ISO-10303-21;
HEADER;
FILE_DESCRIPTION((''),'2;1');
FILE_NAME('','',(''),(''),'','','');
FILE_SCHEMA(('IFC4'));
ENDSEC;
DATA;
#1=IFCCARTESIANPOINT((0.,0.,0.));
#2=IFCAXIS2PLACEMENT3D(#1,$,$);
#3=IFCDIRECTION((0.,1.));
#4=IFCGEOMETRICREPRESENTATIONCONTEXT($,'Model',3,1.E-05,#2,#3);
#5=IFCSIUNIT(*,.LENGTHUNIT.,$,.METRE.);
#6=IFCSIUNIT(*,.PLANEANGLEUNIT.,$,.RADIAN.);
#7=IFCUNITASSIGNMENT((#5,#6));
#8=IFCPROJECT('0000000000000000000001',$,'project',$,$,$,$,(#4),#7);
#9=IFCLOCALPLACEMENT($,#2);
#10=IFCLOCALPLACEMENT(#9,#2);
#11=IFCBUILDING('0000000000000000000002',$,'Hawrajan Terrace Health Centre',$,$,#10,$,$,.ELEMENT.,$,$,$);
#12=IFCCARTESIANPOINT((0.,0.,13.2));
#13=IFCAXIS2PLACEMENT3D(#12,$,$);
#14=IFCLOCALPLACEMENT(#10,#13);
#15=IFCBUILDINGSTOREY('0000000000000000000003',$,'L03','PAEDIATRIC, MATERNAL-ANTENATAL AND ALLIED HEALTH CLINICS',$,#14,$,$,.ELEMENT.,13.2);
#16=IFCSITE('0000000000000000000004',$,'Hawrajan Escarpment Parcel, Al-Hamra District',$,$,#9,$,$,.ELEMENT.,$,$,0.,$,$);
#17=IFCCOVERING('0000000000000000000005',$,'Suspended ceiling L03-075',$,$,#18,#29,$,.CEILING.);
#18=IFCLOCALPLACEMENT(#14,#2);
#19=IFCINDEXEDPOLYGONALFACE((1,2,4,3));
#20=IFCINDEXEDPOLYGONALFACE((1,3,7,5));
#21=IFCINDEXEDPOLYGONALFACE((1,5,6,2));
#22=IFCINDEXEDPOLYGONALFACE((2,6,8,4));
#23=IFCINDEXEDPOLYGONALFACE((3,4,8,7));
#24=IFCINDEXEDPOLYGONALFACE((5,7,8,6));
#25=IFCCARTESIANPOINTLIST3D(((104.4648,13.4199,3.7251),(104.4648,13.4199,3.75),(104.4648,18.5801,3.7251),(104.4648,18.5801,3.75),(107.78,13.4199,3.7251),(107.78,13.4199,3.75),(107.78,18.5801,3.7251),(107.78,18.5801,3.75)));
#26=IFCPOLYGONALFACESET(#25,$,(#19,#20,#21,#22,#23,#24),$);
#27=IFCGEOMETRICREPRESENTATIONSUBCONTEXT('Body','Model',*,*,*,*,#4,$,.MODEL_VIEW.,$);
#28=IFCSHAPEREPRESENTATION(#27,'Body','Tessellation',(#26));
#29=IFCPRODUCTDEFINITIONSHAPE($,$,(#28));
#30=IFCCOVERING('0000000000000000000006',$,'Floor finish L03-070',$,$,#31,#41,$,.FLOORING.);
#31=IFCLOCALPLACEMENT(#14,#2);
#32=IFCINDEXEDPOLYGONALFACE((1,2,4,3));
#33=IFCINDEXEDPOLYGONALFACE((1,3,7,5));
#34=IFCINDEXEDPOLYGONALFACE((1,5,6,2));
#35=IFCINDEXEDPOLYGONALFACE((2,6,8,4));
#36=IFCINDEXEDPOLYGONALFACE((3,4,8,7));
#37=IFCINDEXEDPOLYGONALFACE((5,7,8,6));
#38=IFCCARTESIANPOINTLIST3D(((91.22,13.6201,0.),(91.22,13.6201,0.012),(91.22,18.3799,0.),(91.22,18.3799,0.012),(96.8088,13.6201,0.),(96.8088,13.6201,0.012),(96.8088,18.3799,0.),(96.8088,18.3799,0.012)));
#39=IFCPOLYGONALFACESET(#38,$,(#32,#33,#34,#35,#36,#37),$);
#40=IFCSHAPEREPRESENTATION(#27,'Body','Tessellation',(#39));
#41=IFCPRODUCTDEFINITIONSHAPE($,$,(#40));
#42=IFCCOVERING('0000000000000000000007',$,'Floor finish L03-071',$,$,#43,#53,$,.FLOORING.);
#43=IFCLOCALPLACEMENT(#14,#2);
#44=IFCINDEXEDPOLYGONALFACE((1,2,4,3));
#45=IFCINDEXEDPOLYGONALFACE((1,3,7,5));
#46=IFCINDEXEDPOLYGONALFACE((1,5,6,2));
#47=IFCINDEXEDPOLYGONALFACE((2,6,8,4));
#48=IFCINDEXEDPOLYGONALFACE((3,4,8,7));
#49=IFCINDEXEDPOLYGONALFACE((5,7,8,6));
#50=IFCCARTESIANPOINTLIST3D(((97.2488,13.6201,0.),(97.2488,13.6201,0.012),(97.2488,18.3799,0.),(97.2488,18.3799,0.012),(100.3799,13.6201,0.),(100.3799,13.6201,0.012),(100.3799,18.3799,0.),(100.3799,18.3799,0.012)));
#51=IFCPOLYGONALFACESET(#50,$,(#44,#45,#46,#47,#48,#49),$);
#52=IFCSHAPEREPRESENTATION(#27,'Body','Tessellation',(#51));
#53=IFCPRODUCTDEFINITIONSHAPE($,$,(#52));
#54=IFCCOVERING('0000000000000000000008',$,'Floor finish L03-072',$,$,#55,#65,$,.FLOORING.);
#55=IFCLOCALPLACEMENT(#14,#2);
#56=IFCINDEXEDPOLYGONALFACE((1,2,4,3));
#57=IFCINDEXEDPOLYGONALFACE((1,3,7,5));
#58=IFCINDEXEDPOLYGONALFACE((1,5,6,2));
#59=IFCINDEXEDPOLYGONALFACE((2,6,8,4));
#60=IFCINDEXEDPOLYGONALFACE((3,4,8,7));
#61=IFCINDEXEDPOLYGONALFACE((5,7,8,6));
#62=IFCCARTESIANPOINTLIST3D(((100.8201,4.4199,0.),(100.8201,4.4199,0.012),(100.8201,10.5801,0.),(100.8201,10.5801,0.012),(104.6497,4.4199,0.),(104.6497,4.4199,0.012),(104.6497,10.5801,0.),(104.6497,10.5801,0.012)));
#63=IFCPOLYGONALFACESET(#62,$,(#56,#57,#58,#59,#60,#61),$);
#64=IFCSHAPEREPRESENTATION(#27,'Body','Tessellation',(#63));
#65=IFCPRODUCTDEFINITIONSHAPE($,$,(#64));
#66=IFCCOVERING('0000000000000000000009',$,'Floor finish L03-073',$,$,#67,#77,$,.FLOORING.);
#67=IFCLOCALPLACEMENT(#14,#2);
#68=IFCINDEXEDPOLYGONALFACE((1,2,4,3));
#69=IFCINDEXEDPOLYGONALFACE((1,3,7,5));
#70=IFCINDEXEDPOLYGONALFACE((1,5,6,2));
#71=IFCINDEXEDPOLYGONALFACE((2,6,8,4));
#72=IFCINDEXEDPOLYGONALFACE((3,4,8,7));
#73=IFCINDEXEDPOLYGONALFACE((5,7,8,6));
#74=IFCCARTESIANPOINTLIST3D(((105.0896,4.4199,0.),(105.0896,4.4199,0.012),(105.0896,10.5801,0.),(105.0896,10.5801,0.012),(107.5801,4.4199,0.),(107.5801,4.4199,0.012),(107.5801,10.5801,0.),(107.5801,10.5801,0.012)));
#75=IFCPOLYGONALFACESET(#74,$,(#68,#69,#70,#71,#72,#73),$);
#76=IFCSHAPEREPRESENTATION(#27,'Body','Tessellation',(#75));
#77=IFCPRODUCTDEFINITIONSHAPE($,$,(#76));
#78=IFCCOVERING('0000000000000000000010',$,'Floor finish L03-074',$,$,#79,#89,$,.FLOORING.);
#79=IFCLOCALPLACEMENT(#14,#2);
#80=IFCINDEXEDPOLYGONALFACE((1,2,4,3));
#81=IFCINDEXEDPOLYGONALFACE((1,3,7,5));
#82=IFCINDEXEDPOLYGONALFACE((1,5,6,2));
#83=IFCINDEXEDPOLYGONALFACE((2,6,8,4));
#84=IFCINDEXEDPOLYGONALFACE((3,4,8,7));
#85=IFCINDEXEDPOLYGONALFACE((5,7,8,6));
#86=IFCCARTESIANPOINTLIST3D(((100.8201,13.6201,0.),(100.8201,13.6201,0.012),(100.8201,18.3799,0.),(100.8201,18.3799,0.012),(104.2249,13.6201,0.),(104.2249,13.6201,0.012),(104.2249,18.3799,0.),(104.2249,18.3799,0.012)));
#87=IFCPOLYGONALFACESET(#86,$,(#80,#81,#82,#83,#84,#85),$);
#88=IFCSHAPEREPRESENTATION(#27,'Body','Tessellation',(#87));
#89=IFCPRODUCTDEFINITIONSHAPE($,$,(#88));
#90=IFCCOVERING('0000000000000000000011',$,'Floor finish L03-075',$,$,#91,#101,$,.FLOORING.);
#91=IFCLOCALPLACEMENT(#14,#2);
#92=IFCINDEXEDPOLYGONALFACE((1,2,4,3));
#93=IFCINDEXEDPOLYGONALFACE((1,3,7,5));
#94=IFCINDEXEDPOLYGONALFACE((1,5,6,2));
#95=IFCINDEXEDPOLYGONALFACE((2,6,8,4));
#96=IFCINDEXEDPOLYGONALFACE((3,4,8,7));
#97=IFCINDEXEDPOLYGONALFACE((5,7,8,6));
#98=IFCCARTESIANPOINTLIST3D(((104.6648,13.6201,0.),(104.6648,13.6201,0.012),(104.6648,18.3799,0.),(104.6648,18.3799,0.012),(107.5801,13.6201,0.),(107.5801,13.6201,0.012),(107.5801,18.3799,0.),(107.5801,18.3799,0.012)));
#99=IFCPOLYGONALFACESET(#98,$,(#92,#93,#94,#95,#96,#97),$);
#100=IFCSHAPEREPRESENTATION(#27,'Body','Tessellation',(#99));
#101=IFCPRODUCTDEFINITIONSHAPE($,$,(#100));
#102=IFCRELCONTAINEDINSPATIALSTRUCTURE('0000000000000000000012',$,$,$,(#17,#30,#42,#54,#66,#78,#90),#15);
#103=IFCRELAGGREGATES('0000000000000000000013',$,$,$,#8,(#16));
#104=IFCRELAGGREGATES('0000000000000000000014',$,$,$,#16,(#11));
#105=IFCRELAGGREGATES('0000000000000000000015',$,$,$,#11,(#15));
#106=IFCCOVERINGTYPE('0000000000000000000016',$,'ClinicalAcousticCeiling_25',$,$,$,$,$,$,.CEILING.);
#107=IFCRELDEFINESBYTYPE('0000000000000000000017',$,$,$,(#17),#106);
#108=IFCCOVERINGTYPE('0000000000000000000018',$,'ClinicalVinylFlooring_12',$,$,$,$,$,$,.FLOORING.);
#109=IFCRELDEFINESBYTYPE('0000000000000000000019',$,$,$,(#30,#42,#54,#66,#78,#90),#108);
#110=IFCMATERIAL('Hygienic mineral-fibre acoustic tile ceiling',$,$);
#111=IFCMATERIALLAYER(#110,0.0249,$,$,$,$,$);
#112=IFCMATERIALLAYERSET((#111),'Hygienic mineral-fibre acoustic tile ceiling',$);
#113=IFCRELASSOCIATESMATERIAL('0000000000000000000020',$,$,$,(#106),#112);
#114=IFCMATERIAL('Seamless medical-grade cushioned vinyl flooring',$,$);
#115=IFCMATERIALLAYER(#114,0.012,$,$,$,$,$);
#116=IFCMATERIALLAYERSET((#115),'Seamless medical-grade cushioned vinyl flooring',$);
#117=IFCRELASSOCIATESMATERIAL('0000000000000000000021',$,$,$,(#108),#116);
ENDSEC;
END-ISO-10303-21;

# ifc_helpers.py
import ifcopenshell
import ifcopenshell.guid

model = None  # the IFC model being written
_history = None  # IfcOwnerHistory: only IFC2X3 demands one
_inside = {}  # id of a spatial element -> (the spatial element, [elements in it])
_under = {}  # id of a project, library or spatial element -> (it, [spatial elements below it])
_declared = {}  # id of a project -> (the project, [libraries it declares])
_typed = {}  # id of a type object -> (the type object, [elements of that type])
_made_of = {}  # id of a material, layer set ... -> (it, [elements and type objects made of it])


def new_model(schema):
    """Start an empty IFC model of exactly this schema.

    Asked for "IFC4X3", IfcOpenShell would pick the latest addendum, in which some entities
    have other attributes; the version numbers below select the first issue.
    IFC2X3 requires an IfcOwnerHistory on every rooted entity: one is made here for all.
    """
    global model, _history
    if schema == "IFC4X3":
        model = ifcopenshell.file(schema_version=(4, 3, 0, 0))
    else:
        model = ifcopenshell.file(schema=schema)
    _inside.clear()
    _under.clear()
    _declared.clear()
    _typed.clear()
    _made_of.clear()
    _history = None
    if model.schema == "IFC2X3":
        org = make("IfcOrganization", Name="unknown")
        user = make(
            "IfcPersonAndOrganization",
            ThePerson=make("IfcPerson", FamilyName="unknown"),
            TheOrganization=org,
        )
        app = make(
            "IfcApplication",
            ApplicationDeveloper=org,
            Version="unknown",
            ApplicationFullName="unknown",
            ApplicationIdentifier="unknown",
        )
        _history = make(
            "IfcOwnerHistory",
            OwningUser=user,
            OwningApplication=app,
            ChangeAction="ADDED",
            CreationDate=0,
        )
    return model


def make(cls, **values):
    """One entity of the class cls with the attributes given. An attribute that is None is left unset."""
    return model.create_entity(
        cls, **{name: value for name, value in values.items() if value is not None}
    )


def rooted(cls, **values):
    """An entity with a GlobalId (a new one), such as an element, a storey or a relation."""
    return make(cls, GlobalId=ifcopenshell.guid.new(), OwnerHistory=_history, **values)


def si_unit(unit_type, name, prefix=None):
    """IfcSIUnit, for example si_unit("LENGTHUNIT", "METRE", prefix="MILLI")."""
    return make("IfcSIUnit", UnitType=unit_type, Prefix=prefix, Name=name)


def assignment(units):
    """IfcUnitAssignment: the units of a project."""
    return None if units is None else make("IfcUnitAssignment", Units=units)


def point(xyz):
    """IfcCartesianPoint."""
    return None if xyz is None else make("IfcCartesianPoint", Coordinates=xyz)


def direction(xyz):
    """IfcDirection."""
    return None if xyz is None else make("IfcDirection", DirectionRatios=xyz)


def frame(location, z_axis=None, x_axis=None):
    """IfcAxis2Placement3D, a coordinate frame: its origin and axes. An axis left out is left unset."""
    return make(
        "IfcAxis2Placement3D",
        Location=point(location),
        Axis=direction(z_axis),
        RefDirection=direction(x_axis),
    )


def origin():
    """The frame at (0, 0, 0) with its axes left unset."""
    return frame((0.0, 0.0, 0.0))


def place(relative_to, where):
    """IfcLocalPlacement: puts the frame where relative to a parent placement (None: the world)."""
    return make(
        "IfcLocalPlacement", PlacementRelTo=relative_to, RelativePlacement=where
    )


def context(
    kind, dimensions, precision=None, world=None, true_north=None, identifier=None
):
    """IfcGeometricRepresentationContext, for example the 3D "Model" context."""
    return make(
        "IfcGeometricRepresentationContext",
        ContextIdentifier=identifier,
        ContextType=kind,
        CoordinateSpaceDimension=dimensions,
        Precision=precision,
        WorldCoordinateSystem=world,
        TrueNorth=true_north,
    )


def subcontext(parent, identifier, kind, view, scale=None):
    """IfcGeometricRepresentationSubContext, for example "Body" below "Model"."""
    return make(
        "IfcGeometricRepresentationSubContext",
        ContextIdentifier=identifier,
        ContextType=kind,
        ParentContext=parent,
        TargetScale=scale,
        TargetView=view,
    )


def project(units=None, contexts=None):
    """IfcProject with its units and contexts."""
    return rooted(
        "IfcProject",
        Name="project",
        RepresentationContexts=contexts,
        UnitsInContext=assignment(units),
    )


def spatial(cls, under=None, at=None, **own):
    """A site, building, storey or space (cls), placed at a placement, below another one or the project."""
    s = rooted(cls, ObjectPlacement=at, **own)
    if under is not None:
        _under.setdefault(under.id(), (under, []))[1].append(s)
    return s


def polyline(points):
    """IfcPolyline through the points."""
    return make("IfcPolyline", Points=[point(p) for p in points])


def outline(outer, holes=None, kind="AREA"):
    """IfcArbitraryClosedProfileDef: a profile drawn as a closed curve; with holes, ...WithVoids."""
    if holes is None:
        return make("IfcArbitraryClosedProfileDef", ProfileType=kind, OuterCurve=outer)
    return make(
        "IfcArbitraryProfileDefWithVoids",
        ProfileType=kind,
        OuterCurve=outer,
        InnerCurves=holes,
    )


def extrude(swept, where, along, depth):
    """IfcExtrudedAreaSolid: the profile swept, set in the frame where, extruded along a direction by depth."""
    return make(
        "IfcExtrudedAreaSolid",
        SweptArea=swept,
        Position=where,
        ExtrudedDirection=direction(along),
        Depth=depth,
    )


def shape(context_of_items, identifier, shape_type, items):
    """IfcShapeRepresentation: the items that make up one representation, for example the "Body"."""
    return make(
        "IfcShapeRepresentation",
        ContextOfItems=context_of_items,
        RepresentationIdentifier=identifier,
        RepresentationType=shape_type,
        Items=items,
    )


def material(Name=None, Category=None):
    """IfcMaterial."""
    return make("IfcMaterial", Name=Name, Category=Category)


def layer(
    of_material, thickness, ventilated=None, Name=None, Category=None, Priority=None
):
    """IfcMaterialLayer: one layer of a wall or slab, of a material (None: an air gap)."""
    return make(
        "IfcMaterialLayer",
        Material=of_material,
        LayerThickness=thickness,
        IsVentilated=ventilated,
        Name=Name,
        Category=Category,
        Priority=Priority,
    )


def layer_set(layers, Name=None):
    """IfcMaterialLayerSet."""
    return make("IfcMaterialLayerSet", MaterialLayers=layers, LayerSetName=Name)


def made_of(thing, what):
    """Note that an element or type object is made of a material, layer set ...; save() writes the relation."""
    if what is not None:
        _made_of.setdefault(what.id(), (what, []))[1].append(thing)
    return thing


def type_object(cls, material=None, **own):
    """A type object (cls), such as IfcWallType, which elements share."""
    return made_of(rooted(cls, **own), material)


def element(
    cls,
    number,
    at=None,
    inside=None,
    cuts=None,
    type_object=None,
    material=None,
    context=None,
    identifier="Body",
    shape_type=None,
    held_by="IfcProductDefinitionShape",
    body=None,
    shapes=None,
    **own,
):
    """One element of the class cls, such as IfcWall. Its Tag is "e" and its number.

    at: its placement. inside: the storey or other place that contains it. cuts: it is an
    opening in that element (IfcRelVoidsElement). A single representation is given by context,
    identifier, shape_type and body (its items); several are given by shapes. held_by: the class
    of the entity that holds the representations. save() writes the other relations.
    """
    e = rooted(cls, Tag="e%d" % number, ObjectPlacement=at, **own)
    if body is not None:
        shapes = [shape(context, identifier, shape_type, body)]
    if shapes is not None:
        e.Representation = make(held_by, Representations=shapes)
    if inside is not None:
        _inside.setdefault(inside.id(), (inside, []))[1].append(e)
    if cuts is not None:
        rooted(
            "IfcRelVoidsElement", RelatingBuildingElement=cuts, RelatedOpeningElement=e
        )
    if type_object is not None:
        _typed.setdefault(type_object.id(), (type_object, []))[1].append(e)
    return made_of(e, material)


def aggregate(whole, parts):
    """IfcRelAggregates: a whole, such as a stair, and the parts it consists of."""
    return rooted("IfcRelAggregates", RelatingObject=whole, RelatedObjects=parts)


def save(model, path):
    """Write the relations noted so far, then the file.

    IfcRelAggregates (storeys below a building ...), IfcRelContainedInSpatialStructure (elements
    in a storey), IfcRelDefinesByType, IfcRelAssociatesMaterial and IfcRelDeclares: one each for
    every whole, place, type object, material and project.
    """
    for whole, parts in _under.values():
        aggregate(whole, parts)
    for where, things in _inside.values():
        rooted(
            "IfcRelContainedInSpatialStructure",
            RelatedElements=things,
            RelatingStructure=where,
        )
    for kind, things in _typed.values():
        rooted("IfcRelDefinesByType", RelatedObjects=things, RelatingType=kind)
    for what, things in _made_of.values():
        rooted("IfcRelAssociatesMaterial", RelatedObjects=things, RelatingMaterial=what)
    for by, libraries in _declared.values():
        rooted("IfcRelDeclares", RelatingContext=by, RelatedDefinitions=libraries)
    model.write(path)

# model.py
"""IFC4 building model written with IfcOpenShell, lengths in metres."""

from ifc_helpers import new_model, si_unit, direction, frame, origin, place, context, subcontext, project, spatial, polyline, outline, extrude, material, layer, layer_set, type_object, element, save


model = new_model("IFC4")

# Units and contexts
model_context = context("Model", 3, precision=1e-05, world=origin(), true_north=direction((0.0, 1.0)))
body_context = subcontext(model_context, "Body", "Model", "MODEL_VIEW")
ifc_project = project(units=[si_unit("LENGTHUNIT", "METRE"), si_unit("PLANEANGLEUNIT", "RADIAN")], contexts=[model_context])

# Site, building, storey
site_placement = place(None, origin())
site = spatial("IfcSite", under=ifc_project, at=site_placement, Name="Hawrajan Escarpment Parcel, Al-Hamra District", CompositionType="ELEMENT", RefElevation=0.0)
building_placement = place(site_placement, origin())
building = spatial("IfcBuilding", under=site, at=building_placement, Name="Hawrajan Terrace Health Centre", CompositionType="ELEMENT")
storey_placement = place(building_placement, frame((0.0, 0.0, 13.2)))
storey = spatial("IfcBuildingStorey", under=building, at=storey_placement, Name="L03", Description="PAEDIATRIC, MATERNAL-ANTENATAL AND ALLIED HEALTH CLINICS", CompositionType="ELEMENT", Elevation=13.2)

# Coverings
ifc_material_1 = material(Name="Hygienic mineral-fibre acoustic tile ceiling")
ifc_layer_1 = layer(ifc_material_1, 0.0249)
ifc_layer_set_1 = layer_set([ifc_layer_1], Name="Hygienic mineral-fibre acoustic tile ceiling")
covering_type_1 = type_object("IfcCoveringType", Name="ClinicalAcousticCeiling_25", PredefinedType="CEILING", material=ifc_layer_set_1)
covering_1_placement = place(storey_placement, frame((0.0, 0.0, 3.7251)))
element("IfcCovering", 1, at=covering_1_placement, inside=storey, type_object=covering_type_1, Name="Suspended ceiling L03-075", PredefinedType="CEILING", context=body_context, shape_type="SweptSolid", body=[
    extrude(outline(polyline([(104.4648, 18.5801), (107.78, 18.5801), (107.78, 13.4199), (104.4648, 13.4199), (104.4648, 18.5801)])), origin(), (0.0, 0.0, 1.0), 0.0249),
])
ifc_material_2 = material(Name="Seamless medical-grade cushioned vinyl flooring")
ifc_layer_2 = layer(ifc_material_2, 0.012)
ifc_layer_set_2 = layer_set([ifc_layer_2], Name="Seamless medical-grade cushioned vinyl flooring")
covering_type_2 = type_object("IfcCoveringType", Name="ClinicalVinylFlooring_12", PredefinedType="FLOORING", material=ifc_layer_set_2)
covering_2_placement = place(storey_placement, origin())
element("IfcCovering", 2, at=covering_2_placement, inside=storey, type_object=covering_type_2, Name="Floor finish L03-070", PredefinedType="FLOORING", context=body_context, shape_type="SweptSolid", body=[
    extrude(outline(polyline([(91.22, 18.3799), (96.8088, 18.3799), (96.8088, 13.6201), (91.22, 13.6201), (91.22, 18.3799)])), origin(), (0.0, 0.0, 1.0), 0.012),
])
covering_3_placement = place(storey_placement, origin())
element("IfcCovering", 3, at=covering_3_placement, inside=storey, type_object=covering_type_2, Name="Floor finish L03-071", PredefinedType="FLOORING", context=body_context, shape_type="SweptSolid", body=[
    extrude(outline(polyline([(97.2488, 18.3799), (100.3799, 18.3799), (100.3799, 13.6201), (97.2488, 13.6201), (97.2488, 18.3799)])), origin(), (0.0, 0.0, 1.0), 0.012),
])
covering_4_placement = place(storey_placement, origin())
element("IfcCovering", 4, at=covering_4_placement, inside=storey, type_object=covering_type_2, Name="Floor finish L03-072", PredefinedType="FLOORING", context=body_context, shape_type="SweptSolid", body=[
    extrude(outline(polyline([(100.8201, 10.5801), (104.6497, 10.5801), (104.6497, 4.4199), (100.8201, 4.4199), (100.8201, 10.5801)])), origin(), (0.0, 0.0, 1.0), 0.012),
])
covering_5_placement = place(storey_placement, origin())
element("IfcCovering", 5, at=covering_5_placement, inside=storey, type_object=covering_type_2, Name="Floor finish L03-073", PredefinedType="FLOORING", context=body_context, shape_type="SweptSolid", body=[
    extrude(outline(polyline([(105.0896, 10.5801), (107.5801, 10.5801), (107.5801, 4.4199), (105.0896, 4.4199), (105.0896, 10.5801)])), origin(), (0.0, 0.0, 1.0), 0.012),
])
covering_6_placement = place(storey_placement, origin())
element("IfcCovering", 6, at=covering_6_placement, inside=storey, type_object=covering_type_2, Name="Floor finish L03-074", PredefinedType="FLOORING", context=body_context, shape_type="SweptSolid", body=[
    extrude(outline(polyline([(100.8201, 18.3799), (104.2249, 18.3799), (104.2249, 13.6201), (100.8201, 13.6201), (100.8201, 18.3799)])), origin(), (0.0, 0.0, 1.0), 0.012),
])
covering_7_placement = place(storey_placement, origin())
element("IfcCovering", 7, at=covering_7_placement, inside=storey, type_object=covering_type_2, Name="Floor finish L03-075", PredefinedType="FLOORING", context=body_context, shape_type="SweptSolid", body=[
    extrude(outline(polyline([(104.6648, 18.3799), (107.5801, 18.3799), (107.5801, 13.6201), (104.6648, 13.6201), (104.6648, 18.3799)])), origin(), (0.0, 0.0, 1.0), 0.012),
])

save(model, "model.ifc")
